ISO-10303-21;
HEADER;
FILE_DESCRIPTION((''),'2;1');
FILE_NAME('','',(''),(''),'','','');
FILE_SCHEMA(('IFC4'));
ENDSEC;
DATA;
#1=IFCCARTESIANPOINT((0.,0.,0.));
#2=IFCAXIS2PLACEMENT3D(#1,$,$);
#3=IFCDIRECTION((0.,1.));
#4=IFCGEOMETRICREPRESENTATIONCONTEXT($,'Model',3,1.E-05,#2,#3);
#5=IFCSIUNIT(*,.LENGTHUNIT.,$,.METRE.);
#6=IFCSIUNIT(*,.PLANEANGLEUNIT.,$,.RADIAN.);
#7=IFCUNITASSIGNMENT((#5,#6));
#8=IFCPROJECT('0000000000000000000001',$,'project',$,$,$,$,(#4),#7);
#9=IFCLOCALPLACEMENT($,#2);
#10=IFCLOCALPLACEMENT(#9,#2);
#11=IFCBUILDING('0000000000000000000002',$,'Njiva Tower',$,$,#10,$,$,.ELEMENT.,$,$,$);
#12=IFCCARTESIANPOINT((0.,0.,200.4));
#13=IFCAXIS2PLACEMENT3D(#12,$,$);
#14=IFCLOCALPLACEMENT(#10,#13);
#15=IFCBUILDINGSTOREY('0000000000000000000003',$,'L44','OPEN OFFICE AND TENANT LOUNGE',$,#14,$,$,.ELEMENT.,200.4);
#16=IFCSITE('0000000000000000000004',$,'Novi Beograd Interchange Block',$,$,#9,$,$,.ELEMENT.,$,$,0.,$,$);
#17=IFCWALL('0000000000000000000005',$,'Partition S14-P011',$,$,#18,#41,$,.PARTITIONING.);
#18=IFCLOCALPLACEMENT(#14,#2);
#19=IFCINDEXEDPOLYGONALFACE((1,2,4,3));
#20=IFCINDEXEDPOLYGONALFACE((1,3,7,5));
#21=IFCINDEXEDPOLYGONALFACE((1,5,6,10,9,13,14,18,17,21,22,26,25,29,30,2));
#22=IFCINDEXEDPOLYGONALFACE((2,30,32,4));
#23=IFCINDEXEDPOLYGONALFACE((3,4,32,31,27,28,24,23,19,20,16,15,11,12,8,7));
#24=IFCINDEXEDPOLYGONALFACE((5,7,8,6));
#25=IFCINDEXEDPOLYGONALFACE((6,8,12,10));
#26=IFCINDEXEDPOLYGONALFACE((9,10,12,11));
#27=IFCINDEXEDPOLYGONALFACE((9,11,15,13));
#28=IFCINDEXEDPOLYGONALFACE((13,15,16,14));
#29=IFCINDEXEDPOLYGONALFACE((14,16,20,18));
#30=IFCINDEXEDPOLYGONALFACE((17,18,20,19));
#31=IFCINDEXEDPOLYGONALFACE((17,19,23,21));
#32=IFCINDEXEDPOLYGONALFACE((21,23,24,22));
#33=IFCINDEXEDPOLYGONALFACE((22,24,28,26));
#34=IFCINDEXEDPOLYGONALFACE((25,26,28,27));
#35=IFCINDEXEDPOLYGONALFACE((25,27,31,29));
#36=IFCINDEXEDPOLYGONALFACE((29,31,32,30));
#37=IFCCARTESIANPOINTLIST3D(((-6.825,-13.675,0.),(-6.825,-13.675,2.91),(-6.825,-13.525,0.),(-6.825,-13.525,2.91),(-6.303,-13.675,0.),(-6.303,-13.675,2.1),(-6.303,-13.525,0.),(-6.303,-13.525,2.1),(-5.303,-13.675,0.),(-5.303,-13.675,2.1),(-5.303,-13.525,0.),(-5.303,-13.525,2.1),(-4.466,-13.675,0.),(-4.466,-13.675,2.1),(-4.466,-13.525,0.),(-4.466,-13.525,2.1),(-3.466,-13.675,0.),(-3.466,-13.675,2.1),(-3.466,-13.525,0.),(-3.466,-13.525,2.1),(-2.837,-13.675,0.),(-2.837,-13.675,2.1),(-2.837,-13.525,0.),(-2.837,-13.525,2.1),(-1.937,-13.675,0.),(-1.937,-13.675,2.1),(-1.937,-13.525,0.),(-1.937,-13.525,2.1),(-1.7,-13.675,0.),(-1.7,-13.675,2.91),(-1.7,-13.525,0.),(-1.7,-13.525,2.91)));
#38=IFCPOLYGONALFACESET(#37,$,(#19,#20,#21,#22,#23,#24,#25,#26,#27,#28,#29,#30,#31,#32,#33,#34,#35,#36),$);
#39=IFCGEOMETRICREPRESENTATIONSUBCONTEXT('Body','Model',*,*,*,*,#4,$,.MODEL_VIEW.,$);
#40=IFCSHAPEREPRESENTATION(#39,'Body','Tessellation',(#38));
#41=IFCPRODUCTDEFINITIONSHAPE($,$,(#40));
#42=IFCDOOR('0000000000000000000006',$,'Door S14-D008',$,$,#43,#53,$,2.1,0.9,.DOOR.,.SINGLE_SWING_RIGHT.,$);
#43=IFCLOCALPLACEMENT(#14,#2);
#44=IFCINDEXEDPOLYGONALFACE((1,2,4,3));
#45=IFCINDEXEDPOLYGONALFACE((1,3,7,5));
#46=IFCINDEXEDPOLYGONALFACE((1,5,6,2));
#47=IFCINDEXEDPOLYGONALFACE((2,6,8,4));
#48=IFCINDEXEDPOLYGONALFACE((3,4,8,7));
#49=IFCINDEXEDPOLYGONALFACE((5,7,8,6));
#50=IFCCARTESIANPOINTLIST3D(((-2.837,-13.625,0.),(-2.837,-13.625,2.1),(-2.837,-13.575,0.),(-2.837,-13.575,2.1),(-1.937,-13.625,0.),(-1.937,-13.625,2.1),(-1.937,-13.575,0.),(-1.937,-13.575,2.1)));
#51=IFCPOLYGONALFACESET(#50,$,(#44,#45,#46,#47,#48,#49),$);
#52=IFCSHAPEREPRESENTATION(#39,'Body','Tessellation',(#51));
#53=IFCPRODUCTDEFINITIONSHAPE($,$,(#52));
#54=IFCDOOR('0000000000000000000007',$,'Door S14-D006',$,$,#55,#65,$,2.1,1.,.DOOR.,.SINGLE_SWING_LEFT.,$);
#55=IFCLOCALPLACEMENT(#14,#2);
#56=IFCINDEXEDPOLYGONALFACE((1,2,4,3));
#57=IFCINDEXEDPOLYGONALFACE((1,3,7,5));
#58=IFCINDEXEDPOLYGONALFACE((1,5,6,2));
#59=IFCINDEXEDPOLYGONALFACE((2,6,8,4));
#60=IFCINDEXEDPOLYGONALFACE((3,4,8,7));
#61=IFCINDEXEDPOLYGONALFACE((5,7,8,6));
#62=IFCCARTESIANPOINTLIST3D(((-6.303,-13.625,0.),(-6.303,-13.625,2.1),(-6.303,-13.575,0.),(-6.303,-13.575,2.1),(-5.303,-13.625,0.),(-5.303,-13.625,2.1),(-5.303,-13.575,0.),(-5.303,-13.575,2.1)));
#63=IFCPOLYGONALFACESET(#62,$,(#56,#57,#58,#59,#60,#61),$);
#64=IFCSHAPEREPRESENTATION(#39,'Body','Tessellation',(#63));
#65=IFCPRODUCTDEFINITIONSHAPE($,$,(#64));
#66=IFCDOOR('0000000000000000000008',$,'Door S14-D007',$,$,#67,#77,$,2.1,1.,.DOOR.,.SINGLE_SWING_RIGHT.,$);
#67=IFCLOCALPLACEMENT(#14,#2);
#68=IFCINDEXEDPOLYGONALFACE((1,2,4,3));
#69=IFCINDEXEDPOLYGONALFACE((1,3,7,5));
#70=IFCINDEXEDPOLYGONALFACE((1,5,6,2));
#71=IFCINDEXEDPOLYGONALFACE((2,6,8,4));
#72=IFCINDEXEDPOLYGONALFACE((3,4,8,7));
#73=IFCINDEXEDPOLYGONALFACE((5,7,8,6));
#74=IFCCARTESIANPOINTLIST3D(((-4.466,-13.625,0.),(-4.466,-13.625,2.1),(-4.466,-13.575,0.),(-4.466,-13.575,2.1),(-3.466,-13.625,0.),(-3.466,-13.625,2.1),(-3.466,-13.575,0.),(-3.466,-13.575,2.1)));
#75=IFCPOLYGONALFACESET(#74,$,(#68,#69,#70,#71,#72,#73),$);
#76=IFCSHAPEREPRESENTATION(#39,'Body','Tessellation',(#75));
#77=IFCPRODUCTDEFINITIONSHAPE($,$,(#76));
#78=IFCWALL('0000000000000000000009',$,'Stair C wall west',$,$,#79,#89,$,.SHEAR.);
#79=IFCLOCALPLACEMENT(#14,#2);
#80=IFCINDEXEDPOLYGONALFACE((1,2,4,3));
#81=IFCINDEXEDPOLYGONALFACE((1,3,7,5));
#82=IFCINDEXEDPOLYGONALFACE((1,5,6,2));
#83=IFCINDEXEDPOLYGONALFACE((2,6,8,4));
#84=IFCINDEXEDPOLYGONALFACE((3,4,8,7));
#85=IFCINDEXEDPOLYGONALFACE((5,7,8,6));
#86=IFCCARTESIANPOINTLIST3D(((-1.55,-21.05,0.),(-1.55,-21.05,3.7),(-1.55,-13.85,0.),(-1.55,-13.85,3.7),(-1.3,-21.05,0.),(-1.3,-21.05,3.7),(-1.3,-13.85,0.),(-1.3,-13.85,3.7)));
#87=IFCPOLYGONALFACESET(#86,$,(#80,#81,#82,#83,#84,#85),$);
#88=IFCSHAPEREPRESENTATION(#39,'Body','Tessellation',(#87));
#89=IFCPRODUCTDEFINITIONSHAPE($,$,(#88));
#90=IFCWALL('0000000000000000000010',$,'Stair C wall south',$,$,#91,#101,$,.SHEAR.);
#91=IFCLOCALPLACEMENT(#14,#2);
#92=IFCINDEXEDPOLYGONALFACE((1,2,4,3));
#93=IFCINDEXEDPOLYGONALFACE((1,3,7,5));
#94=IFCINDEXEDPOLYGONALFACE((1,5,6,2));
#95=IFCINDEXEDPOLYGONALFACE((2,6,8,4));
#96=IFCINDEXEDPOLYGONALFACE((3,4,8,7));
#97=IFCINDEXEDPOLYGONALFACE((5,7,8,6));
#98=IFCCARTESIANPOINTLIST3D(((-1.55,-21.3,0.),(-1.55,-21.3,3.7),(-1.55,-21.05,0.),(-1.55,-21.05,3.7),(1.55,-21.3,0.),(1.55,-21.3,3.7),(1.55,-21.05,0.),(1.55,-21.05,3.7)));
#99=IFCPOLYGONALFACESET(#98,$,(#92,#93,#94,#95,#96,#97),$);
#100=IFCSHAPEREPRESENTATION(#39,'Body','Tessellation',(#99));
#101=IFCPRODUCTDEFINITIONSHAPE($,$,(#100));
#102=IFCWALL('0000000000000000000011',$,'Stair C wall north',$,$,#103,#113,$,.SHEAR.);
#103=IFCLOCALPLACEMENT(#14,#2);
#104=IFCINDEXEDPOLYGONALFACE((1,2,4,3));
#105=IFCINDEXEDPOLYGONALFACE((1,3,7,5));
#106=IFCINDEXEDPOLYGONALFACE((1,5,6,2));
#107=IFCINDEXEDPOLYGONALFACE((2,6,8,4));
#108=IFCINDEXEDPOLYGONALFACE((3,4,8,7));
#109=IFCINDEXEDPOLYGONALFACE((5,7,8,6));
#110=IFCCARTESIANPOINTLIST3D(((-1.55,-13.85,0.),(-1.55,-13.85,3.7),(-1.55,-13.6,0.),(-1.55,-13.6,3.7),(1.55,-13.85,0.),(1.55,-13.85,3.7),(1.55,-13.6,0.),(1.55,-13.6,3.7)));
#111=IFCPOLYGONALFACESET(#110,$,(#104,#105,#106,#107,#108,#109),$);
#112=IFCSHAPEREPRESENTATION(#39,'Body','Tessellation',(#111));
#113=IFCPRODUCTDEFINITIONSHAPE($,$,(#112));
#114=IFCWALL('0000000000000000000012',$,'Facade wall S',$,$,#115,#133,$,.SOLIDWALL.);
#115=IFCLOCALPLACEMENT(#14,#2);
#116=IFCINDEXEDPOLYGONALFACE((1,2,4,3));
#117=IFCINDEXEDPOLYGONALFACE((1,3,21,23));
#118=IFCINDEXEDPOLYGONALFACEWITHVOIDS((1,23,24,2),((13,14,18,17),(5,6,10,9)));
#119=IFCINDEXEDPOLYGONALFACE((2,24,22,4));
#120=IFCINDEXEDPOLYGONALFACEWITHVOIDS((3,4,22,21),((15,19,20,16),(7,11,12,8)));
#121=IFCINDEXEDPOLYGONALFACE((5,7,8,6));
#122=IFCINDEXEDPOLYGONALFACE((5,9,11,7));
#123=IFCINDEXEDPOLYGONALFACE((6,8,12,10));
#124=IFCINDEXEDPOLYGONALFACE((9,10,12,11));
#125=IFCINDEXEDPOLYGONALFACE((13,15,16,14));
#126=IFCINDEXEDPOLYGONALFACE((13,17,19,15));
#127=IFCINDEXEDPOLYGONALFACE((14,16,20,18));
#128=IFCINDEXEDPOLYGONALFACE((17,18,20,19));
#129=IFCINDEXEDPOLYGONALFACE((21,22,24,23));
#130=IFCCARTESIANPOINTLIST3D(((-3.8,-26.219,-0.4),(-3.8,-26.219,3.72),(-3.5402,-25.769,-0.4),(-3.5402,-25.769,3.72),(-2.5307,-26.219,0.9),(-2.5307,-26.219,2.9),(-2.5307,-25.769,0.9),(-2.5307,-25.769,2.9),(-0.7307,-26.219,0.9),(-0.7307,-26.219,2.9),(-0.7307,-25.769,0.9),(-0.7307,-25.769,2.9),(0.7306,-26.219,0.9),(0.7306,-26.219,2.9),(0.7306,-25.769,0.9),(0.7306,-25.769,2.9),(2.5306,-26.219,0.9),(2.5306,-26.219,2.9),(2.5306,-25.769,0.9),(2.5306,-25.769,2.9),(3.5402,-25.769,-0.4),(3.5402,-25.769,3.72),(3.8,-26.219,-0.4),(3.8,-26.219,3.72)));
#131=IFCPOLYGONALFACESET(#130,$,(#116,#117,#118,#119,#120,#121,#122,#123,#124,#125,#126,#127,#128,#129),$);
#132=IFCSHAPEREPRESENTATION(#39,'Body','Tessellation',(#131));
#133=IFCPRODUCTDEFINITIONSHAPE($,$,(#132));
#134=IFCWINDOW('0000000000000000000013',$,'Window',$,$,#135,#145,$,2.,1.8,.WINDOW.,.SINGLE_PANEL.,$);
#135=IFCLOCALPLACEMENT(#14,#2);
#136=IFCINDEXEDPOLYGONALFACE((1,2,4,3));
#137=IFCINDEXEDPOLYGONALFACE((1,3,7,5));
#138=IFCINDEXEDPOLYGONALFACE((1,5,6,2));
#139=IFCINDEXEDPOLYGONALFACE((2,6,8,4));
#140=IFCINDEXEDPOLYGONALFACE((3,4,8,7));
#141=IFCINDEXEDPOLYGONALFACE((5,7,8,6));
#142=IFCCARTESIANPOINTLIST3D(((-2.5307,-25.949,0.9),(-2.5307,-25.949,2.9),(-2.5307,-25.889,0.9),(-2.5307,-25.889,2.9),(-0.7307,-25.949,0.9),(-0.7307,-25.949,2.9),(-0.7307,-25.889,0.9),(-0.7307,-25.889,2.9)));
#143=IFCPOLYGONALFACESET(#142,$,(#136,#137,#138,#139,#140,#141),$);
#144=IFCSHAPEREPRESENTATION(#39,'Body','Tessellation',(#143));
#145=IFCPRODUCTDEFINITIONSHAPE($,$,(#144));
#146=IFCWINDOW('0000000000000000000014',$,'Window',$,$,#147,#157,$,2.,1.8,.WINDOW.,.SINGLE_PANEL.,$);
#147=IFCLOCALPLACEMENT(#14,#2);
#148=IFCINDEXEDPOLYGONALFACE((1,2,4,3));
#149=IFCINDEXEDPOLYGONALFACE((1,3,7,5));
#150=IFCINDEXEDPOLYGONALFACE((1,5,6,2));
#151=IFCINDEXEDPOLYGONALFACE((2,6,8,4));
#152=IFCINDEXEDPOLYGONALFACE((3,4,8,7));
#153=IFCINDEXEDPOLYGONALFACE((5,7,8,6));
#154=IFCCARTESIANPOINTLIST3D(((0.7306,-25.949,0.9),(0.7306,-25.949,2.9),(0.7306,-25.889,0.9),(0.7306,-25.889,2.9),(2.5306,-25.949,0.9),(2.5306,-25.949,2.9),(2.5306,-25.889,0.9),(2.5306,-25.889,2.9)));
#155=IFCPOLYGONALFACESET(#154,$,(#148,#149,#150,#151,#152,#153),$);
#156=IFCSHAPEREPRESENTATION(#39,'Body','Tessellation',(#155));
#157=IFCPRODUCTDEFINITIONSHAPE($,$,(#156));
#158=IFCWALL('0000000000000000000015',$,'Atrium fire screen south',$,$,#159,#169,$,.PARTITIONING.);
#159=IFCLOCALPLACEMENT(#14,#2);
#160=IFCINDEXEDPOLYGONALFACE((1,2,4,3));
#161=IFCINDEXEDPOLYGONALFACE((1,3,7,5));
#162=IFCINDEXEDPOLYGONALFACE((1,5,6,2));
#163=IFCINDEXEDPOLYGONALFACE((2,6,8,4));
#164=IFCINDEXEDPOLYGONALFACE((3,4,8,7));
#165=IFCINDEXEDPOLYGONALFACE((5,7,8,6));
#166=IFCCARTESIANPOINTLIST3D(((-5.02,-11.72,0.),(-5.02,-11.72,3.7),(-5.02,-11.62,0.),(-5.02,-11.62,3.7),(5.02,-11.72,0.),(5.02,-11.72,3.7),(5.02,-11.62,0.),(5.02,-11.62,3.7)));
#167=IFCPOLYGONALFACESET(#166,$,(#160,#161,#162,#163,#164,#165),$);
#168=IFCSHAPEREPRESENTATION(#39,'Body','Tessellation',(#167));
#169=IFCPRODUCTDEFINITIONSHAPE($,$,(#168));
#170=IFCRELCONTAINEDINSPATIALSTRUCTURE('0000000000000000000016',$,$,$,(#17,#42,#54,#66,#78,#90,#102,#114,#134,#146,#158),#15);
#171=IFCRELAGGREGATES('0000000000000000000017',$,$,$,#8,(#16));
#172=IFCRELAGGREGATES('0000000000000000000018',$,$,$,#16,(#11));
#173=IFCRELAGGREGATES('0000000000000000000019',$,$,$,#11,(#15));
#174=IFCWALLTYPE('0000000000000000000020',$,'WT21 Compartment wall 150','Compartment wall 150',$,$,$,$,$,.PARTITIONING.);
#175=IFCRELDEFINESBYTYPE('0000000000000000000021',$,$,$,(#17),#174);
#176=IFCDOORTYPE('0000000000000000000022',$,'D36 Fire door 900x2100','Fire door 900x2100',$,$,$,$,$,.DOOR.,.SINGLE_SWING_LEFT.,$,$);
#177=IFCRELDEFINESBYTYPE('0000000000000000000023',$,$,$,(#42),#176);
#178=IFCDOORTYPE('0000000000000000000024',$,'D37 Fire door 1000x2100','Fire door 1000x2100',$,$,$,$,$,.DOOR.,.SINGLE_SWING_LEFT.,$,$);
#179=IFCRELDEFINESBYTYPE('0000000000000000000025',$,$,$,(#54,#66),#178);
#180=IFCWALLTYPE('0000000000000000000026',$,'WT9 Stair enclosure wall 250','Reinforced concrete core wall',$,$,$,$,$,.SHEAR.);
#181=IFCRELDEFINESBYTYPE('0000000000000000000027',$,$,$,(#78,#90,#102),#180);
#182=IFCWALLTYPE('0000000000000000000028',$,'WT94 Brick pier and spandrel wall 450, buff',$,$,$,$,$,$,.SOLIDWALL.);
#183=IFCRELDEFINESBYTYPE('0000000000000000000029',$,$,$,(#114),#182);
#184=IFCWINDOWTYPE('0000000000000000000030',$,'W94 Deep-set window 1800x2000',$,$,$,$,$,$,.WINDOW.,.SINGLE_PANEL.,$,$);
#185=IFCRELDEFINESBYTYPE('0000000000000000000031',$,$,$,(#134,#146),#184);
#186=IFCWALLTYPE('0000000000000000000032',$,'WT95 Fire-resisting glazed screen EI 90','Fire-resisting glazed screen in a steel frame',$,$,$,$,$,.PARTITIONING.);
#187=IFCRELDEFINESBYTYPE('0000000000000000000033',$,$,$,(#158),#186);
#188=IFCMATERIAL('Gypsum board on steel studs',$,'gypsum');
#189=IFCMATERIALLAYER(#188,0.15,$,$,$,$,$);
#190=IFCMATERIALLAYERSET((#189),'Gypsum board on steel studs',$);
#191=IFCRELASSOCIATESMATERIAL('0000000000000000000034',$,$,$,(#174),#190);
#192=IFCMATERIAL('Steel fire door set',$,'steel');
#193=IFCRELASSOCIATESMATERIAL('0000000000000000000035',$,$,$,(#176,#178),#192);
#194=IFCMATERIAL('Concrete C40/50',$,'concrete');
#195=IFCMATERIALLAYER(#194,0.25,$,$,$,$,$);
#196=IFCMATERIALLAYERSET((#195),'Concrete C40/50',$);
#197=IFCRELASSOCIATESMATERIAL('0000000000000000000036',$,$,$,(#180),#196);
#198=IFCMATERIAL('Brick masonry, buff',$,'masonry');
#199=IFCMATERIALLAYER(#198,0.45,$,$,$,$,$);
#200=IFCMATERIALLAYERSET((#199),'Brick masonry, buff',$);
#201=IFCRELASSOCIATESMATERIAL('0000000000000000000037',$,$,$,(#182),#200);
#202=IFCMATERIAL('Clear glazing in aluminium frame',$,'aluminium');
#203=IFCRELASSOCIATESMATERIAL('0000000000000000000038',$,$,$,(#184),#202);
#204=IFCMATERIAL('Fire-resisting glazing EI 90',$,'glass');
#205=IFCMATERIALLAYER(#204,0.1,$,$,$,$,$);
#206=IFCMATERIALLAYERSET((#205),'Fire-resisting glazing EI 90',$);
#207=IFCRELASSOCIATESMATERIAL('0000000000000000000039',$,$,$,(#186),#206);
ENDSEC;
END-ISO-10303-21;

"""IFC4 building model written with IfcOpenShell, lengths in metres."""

from ifc_helpers import new_model, si_unit, direction, frame, frame_2d, origin, place, context, subcontext, project, spatial, polyline, rectangle, outline, extrude, material, layer, layer_set, type_object, element, fill, save


model = new_model("IFC4")

# Units and contexts
model_context = context("Model", 3, precision=1e-05, world=origin(), true_north=direction((0.0, 1.0)))
body_context = subcontext(model_context, "Body", "Model", "MODEL_VIEW")
ifc_project = project(units=[si_unit("LENGTHUNIT", "METRE"), si_unit("PLANEANGLEUNIT", "RADIAN")], contexts=[model_context])

# Site, building, storey
site_placement = place(None, origin())
site = spatial("IfcSite", under=ifc_project, at=site_placement, Name="Novi Beograd Interchange Block", CompositionType="ELEMENT", RefElevation=0.0)
building_placement = place(site_placement, origin())
building = spatial("IfcBuilding", under=site, at=building_placement, Name="Njiva Tower", CompositionType="ELEMENT")
storey_placement = place(building_placement, frame((0.0, 0.0, 200.4)))
storey = spatial("IfcBuildingStorey", under=building, at=storey_placement, Name="L44", Description="OPEN OFFICE AND TENANT LOUNGE", CompositionType="ELEMENT", Elevation=200.4)

# Shared definitions
ifc_material_1 = material(Name="Gypsum board on steel studs", Category="gypsum")
ifc_layer_1 = layer(ifc_material_1, 0.15)
ifc_layer_set_1 = layer_set([ifc_layer_1], Name="Gypsum board on steel studs")
wall_type_1 = type_object("IfcWallType", Name="WT21 Compartment wall 150", Description="Compartment wall 150", PredefinedType="PARTITIONING", material=ifc_layer_set_1)

# Wall, openings, doors
wall_1_placement = place(storey_placement, frame((-6.825, -13.6, 0.0), z_axis=(0.0, 0.0, 1.0), x_axis=(1.0, 0.0, 0.0)))
wall_1 = element("IfcWall", 1, at=wall_1_placement, inside=storey, type_object=wall_type_1, Name="Partition S14-P011", PredefinedType="PARTITIONING", context=body_context, shape_type="SweptSolid", body=[
    extrude(rectangle(XDim=5.125, YDim=0.15, at=frame_2d((2.5625, 0.0))), origin(), (0.0, 0.0, 1.0), 2.91),
])
opening_1_placement = place(wall_1_placement, frame((0.522, 0.0, 0.0)))
opening_1 = element("IfcOpeningElement", 2, at=opening_1_placement, cuts=wall_1, PredefinedType="OPENING", context=body_context, shape_type="SweptSolid", body=[
    extrude(rectangle(XDim=1.0, YDim=2.1, at=frame_2d((0.5, 1.05))), frame((0.0, 0.085, 0.0), z_axis=(0.0, -1.0, 0.0), x_axis=(1.0, 0.0, 0.0)), (0.0, 0.0, 1.0), 0.17),
])
opening_2_placement = place(wall_1_placement, frame((2.359, 0.0, 0.0)))
opening_2 = element("IfcOpeningElement", 3, at=opening_2_placement, cuts=wall_1, PredefinedType="OPENING", context=body_context, shape_type="SweptSolid", body=[
    extrude(rectangle(XDim=1.0, YDim=2.1, at=frame_2d((0.5, 1.05))), frame((0.0, 0.085, 0.0), z_axis=(0.0, -1.0, 0.0), x_axis=(1.0, 0.0, 0.0)), (0.0, 0.0, 1.0), 0.17),
])
opening_3_placement = place(wall_1_placement, frame((3.988, 0.0, 0.0)))
opening_3 = element("IfcOpeningElement", 4, at=opening_3_placement, cuts=wall_1, PredefinedType="OPENING", context=body_context, shape_type="SweptSolid", body=[
    extrude(rectangle(XDim=0.9, YDim=2.1, at=frame_2d((0.45, 1.05))), frame((0.0, 0.085, 0.0), z_axis=(0.0, -1.0, 0.0), x_axis=(1.0, 0.0, 0.0)), (0.0, 0.0, 1.0), 0.17),
])
ifc_material_2 = material(Name="Steel fire door set", Category="steel")
door_type_1 = type_object("IfcDoorType", Name="D36 Fire door 900x2100", Description="Fire door 900x2100", OperationType="SINGLE_SWING_LEFT", PredefinedType="DOOR", material=ifc_material_2)
door_1_placement = place(opening_3_placement, origin())
door_1 = element("IfcDoor", 5, at=door_1_placement, inside=storey, type_object=door_type_1, Name="Door S14-D008", OperationType="SINGLE_SWING_RIGHT", OverallHeight=2.1, OverallWidth=0.9, PredefinedType="DOOR", context=body_context, shape_type="SweptSolid", body=[
    extrude(rectangle(XDim=0.9, YDim=2.1, at=frame_2d((0.45, 1.05))), frame((0.0, 0.025, 0.0), z_axis=(0.0, -1.0, 0.0), x_axis=(1.0, 0.0, 0.0)), (0.0, 0.0, 1.0), 0.05),
])
fill(opening_3, door_1)
door_type_2 = type_object("IfcDoorType", Name="D37 Fire door 1000x2100", Description="Fire door 1000x2100", OperationType="SINGLE_SWING_LEFT", PredefinedType="DOOR", material=ifc_material_2)
door_2_placement = place(opening_1_placement, origin())
door_2 = element("IfcDoor", 6, at=door_2_placement, inside=storey, type_object=door_type_2, Name="Door S14-D006", OperationType="SINGLE_SWING_LEFT", OverallHeight=2.1, OverallWidth=1.0, PredefinedType="DOOR", context=body_context, shape_type="SweptSolid", body=[
    extrude(rectangle(XDim=1.0, YDim=2.1, at=frame_2d((0.5, 1.05))), frame((0.0, 0.025, 0.0), z_axis=(0.0, -1.0, 0.0), x_axis=(1.0, 0.0, 0.0)), (0.0, 0.0, 1.0), 0.05),
])
fill(opening_1, door_2)
door_3_placement = place(opening_2_placement, origin())
door_3 = element("IfcDoor", 7, at=door_3_placement, inside=storey, type_object=door_type_2, Name="Door S14-D007", OperationType="SINGLE_SWING_RIGHT", OverallHeight=2.1, OverallWidth=1.0, PredefinedType="DOOR", context=body_context, shape_type="SweptSolid", body=[
    extrude(rectangle(XDim=1.0, YDim=2.1, at=frame_2d((0.5, 1.05))), frame((0.0, 0.025, 0.0), z_axis=(0.0, -1.0, 0.0), x_axis=(1.0, 0.0, 0.0)), (0.0, 0.0, 1.0), 0.05),
])
fill(opening_2, door_3)

# Walls
ifc_material_3 = material(Name="Concrete C40/50", Category="concrete")
ifc_layer_2 = layer(ifc_material_3, 0.25)
ifc_layer_set_2 = layer_set([ifc_layer_2], Name="Concrete C40/50")
wall_type_2 = type_object("IfcWallType", Name="WT9 Stair enclosure wall 250", Description="Reinforced concrete core wall", PredefinedType="SHEAR", material=ifc_layer_set_2)
wall_2_placement = place(storey_placement, frame((-1.425, -21.05, 0.0), z_axis=(0.0, 0.0, 1.0), x_axis=(0.0, 1.0, 0.0)))
element("IfcWall", 8, at=wall_2_placement, inside=storey, type_object=wall_type_2, Name="Stair C wall west", PredefinedType="SHEAR", context=body_context, shape_type="SweptSolid", body=[
    extrude(rectangle(XDim=7.2, YDim=0.25, at=frame_2d((3.6, 0.0))), origin(), (0.0, 0.0, 1.0), 3.7),
])
for number, where, z_axis, x_axis, name in (
    (9, (-1.55, -21.175, 0.0), (0.0, 0.0, 1.0), (1.0, 0.0, 0.0), "Stair C wall south"),
    (10, (-1.55, -13.725, 0.0), (0.0, 0.0, 1.0), (1.0, 0.0, 0.0), "Stair C wall north"),
):
    element("IfcWall", number, at=place(storey_placement, frame(where, z_axis=z_axis, x_axis=x_axis)), inside=storey, type_object=wall_type_2, Name=name, PredefinedType="SHEAR", context=body_context, shape_type="SweptSolid", body=[
        extrude(rectangle(XDim=3.1, YDim=0.25, at=frame_2d((1.55, 0.0))), origin(), (0.0, 0.0, 1.0), 3.7),
    ])

# Wall, openings, windows
ifc_material_4 = material(Name="Brick masonry, buff", Category="masonry")
ifc_layer_3 = layer(ifc_material_4, 0.45)
ifc_layer_set_3 = layer_set([ifc_layer_3], Name="Brick masonry, buff")
wall_type_3 = type_object("IfcWallType", Name="WT94 Brick pier and spandrel wall 450, buff", PredefinedType="SOLIDWALL", material=ifc_layer_set_3)
wall_3_placement = place(storey_placement, frame((-3.6701, -25.994, -0.4), z_axis=(0.0, 0.0, 1.0), x_axis=(1.0, 0.0, 0.0)))
wall_3 = element("IfcWall", 11, at=wall_3_placement, inside=storey, type_object=wall_type_3, Name="Facade wall S", PredefinedType="SOLIDWALL", context=body_context, shape_type="SweptSolid", body=[
    extrude(outline(polyline([(-0.1299, -0.225), (7.4701, -0.225), (7.2103, 0.225), (0.1299, 0.225), (-0.1299, -0.225)])), origin(), (0.0, 0.0, 1.0), 4.12),
])
opening_4_placement = place(wall_3_placement, frame((1.1394, 0.0, 1.3)))
opening_4 = element("IfcOpeningElement", 12, at=opening_4_placement, cuts=wall_3, PredefinedType="OPENING", context=body_context, shape_type="SweptSolid", body=[
    extrude(rectangle(XDim=1.8, YDim=2.0, at=frame_2d((0.9, 1.0))), frame((0.0, 0.235, 0.0), z_axis=(0.0, -1.0, 0.0), x_axis=(1.0, 0.0, 0.0)), (0.0, 0.0, 1.0), 0.47),
])
opening_5_placement = place(wall_3_placement, frame((4.4007, 0.0, 1.3)))
opening_5 = element("IfcOpeningElement", 13, at=opening_5_placement, cuts=wall_3, PredefinedType="OPENING", context=body_context, shape_type="SweptSolid", body=[
    extrude(rectangle(XDim=1.8, YDim=2.0, at=frame_2d((0.9, 1.0))), frame((0.0, 0.235, 0.0), z_axis=(0.0, -1.0, 0.0), x_axis=(1.0, 0.0, 0.0)), (0.0, 0.0, 1.0), 0.47),
])
ifc_material_5 = material(Name="Clear glazing in aluminium frame", Category="aluminium")
window_type = type_object("IfcWindowType", Name="W94 Deep-set window 1800x2000", PartitioningType="SINGLE_PANEL", PredefinedType="WINDOW", material=ifc_material_5)
window_1_placement = place(opening_4_placement, origin())
window_1 = element("IfcWindow", 14, at=window_1_placement, inside=storey, type_object=window_type, Name="Window", OverallHeight=2.0, OverallWidth=1.8, PartitioningType="SINGLE_PANEL", PredefinedType="WINDOW", context=body_context, shape_type="SweptSolid", body=[
    extrude(rectangle(XDim=1.8, YDim=2.0, at=frame_2d((0.9, 1.0))), frame((0.0, 0.105, 0.0), z_axis=(0.0, -1.0, 0.0), x_axis=(1.0, 0.0, 0.0)), (0.0, 0.0, 1.0), 0.06),
])
fill(opening_4, window_1)
window_2_placement = place(opening_5_placement, origin())
window_2 = element("IfcWindow", 15, at=window_2_placement, inside=storey, type_object=window_type, Name="Window", OverallHeight=2.0, OverallWidth=1.8, PartitioningType="SINGLE_PANEL", PredefinedType="WINDOW", context=body_context, shape_type="SweptSolid", body=[
    extrude(rectangle(XDim=1.8, YDim=2.0, at=frame_2d((0.9, 1.0))), frame((0.0, 0.105, 0.0), z_axis=(0.0, -1.0, 0.0), x_axis=(1.0, 0.0, 0.0)), (0.0, 0.0, 1.0), 0.06),
])
fill(opening_5, window_2)

# Wall
ifc_material_6 = material(Name="Fire-resisting glazing EI 90", Category="glass")
ifc_layer_4 = layer(ifc_material_6, 0.1)
ifc_layer_set_4 = layer_set([ifc_layer_4], Name="Fire-resisting glazing EI 90")
wall_type_4 = type_object("IfcWallType", Name="WT95 Fire-resisting glazed screen EI 90", Description="Fire-resisting glazed screen in a steel frame", PredefinedType="PARTITIONING", material=ifc_layer_set_4)
wall_4_placement = place(storey_placement, frame((-5.02, -11.67, 0.0), z_axis=(0.0, 0.0, 1.0), x_axis=(1.0, 0.0, 0.0)))
element("IfcWall", 16, at=wall_4_placement, inside=storey, type_object=wall_type_4, Name="Atrium fire screen south", PredefinedType="PARTITIONING", context=body_context, shape_type="SweptSolid", body=[
    extrude(rectangle(XDim=10.04, YDim=0.1, at=frame_2d((5.02, 0.0))), origin(), (0.0, 0.0, 1.0), 3.7),
])

save(model, "model.ifc")
